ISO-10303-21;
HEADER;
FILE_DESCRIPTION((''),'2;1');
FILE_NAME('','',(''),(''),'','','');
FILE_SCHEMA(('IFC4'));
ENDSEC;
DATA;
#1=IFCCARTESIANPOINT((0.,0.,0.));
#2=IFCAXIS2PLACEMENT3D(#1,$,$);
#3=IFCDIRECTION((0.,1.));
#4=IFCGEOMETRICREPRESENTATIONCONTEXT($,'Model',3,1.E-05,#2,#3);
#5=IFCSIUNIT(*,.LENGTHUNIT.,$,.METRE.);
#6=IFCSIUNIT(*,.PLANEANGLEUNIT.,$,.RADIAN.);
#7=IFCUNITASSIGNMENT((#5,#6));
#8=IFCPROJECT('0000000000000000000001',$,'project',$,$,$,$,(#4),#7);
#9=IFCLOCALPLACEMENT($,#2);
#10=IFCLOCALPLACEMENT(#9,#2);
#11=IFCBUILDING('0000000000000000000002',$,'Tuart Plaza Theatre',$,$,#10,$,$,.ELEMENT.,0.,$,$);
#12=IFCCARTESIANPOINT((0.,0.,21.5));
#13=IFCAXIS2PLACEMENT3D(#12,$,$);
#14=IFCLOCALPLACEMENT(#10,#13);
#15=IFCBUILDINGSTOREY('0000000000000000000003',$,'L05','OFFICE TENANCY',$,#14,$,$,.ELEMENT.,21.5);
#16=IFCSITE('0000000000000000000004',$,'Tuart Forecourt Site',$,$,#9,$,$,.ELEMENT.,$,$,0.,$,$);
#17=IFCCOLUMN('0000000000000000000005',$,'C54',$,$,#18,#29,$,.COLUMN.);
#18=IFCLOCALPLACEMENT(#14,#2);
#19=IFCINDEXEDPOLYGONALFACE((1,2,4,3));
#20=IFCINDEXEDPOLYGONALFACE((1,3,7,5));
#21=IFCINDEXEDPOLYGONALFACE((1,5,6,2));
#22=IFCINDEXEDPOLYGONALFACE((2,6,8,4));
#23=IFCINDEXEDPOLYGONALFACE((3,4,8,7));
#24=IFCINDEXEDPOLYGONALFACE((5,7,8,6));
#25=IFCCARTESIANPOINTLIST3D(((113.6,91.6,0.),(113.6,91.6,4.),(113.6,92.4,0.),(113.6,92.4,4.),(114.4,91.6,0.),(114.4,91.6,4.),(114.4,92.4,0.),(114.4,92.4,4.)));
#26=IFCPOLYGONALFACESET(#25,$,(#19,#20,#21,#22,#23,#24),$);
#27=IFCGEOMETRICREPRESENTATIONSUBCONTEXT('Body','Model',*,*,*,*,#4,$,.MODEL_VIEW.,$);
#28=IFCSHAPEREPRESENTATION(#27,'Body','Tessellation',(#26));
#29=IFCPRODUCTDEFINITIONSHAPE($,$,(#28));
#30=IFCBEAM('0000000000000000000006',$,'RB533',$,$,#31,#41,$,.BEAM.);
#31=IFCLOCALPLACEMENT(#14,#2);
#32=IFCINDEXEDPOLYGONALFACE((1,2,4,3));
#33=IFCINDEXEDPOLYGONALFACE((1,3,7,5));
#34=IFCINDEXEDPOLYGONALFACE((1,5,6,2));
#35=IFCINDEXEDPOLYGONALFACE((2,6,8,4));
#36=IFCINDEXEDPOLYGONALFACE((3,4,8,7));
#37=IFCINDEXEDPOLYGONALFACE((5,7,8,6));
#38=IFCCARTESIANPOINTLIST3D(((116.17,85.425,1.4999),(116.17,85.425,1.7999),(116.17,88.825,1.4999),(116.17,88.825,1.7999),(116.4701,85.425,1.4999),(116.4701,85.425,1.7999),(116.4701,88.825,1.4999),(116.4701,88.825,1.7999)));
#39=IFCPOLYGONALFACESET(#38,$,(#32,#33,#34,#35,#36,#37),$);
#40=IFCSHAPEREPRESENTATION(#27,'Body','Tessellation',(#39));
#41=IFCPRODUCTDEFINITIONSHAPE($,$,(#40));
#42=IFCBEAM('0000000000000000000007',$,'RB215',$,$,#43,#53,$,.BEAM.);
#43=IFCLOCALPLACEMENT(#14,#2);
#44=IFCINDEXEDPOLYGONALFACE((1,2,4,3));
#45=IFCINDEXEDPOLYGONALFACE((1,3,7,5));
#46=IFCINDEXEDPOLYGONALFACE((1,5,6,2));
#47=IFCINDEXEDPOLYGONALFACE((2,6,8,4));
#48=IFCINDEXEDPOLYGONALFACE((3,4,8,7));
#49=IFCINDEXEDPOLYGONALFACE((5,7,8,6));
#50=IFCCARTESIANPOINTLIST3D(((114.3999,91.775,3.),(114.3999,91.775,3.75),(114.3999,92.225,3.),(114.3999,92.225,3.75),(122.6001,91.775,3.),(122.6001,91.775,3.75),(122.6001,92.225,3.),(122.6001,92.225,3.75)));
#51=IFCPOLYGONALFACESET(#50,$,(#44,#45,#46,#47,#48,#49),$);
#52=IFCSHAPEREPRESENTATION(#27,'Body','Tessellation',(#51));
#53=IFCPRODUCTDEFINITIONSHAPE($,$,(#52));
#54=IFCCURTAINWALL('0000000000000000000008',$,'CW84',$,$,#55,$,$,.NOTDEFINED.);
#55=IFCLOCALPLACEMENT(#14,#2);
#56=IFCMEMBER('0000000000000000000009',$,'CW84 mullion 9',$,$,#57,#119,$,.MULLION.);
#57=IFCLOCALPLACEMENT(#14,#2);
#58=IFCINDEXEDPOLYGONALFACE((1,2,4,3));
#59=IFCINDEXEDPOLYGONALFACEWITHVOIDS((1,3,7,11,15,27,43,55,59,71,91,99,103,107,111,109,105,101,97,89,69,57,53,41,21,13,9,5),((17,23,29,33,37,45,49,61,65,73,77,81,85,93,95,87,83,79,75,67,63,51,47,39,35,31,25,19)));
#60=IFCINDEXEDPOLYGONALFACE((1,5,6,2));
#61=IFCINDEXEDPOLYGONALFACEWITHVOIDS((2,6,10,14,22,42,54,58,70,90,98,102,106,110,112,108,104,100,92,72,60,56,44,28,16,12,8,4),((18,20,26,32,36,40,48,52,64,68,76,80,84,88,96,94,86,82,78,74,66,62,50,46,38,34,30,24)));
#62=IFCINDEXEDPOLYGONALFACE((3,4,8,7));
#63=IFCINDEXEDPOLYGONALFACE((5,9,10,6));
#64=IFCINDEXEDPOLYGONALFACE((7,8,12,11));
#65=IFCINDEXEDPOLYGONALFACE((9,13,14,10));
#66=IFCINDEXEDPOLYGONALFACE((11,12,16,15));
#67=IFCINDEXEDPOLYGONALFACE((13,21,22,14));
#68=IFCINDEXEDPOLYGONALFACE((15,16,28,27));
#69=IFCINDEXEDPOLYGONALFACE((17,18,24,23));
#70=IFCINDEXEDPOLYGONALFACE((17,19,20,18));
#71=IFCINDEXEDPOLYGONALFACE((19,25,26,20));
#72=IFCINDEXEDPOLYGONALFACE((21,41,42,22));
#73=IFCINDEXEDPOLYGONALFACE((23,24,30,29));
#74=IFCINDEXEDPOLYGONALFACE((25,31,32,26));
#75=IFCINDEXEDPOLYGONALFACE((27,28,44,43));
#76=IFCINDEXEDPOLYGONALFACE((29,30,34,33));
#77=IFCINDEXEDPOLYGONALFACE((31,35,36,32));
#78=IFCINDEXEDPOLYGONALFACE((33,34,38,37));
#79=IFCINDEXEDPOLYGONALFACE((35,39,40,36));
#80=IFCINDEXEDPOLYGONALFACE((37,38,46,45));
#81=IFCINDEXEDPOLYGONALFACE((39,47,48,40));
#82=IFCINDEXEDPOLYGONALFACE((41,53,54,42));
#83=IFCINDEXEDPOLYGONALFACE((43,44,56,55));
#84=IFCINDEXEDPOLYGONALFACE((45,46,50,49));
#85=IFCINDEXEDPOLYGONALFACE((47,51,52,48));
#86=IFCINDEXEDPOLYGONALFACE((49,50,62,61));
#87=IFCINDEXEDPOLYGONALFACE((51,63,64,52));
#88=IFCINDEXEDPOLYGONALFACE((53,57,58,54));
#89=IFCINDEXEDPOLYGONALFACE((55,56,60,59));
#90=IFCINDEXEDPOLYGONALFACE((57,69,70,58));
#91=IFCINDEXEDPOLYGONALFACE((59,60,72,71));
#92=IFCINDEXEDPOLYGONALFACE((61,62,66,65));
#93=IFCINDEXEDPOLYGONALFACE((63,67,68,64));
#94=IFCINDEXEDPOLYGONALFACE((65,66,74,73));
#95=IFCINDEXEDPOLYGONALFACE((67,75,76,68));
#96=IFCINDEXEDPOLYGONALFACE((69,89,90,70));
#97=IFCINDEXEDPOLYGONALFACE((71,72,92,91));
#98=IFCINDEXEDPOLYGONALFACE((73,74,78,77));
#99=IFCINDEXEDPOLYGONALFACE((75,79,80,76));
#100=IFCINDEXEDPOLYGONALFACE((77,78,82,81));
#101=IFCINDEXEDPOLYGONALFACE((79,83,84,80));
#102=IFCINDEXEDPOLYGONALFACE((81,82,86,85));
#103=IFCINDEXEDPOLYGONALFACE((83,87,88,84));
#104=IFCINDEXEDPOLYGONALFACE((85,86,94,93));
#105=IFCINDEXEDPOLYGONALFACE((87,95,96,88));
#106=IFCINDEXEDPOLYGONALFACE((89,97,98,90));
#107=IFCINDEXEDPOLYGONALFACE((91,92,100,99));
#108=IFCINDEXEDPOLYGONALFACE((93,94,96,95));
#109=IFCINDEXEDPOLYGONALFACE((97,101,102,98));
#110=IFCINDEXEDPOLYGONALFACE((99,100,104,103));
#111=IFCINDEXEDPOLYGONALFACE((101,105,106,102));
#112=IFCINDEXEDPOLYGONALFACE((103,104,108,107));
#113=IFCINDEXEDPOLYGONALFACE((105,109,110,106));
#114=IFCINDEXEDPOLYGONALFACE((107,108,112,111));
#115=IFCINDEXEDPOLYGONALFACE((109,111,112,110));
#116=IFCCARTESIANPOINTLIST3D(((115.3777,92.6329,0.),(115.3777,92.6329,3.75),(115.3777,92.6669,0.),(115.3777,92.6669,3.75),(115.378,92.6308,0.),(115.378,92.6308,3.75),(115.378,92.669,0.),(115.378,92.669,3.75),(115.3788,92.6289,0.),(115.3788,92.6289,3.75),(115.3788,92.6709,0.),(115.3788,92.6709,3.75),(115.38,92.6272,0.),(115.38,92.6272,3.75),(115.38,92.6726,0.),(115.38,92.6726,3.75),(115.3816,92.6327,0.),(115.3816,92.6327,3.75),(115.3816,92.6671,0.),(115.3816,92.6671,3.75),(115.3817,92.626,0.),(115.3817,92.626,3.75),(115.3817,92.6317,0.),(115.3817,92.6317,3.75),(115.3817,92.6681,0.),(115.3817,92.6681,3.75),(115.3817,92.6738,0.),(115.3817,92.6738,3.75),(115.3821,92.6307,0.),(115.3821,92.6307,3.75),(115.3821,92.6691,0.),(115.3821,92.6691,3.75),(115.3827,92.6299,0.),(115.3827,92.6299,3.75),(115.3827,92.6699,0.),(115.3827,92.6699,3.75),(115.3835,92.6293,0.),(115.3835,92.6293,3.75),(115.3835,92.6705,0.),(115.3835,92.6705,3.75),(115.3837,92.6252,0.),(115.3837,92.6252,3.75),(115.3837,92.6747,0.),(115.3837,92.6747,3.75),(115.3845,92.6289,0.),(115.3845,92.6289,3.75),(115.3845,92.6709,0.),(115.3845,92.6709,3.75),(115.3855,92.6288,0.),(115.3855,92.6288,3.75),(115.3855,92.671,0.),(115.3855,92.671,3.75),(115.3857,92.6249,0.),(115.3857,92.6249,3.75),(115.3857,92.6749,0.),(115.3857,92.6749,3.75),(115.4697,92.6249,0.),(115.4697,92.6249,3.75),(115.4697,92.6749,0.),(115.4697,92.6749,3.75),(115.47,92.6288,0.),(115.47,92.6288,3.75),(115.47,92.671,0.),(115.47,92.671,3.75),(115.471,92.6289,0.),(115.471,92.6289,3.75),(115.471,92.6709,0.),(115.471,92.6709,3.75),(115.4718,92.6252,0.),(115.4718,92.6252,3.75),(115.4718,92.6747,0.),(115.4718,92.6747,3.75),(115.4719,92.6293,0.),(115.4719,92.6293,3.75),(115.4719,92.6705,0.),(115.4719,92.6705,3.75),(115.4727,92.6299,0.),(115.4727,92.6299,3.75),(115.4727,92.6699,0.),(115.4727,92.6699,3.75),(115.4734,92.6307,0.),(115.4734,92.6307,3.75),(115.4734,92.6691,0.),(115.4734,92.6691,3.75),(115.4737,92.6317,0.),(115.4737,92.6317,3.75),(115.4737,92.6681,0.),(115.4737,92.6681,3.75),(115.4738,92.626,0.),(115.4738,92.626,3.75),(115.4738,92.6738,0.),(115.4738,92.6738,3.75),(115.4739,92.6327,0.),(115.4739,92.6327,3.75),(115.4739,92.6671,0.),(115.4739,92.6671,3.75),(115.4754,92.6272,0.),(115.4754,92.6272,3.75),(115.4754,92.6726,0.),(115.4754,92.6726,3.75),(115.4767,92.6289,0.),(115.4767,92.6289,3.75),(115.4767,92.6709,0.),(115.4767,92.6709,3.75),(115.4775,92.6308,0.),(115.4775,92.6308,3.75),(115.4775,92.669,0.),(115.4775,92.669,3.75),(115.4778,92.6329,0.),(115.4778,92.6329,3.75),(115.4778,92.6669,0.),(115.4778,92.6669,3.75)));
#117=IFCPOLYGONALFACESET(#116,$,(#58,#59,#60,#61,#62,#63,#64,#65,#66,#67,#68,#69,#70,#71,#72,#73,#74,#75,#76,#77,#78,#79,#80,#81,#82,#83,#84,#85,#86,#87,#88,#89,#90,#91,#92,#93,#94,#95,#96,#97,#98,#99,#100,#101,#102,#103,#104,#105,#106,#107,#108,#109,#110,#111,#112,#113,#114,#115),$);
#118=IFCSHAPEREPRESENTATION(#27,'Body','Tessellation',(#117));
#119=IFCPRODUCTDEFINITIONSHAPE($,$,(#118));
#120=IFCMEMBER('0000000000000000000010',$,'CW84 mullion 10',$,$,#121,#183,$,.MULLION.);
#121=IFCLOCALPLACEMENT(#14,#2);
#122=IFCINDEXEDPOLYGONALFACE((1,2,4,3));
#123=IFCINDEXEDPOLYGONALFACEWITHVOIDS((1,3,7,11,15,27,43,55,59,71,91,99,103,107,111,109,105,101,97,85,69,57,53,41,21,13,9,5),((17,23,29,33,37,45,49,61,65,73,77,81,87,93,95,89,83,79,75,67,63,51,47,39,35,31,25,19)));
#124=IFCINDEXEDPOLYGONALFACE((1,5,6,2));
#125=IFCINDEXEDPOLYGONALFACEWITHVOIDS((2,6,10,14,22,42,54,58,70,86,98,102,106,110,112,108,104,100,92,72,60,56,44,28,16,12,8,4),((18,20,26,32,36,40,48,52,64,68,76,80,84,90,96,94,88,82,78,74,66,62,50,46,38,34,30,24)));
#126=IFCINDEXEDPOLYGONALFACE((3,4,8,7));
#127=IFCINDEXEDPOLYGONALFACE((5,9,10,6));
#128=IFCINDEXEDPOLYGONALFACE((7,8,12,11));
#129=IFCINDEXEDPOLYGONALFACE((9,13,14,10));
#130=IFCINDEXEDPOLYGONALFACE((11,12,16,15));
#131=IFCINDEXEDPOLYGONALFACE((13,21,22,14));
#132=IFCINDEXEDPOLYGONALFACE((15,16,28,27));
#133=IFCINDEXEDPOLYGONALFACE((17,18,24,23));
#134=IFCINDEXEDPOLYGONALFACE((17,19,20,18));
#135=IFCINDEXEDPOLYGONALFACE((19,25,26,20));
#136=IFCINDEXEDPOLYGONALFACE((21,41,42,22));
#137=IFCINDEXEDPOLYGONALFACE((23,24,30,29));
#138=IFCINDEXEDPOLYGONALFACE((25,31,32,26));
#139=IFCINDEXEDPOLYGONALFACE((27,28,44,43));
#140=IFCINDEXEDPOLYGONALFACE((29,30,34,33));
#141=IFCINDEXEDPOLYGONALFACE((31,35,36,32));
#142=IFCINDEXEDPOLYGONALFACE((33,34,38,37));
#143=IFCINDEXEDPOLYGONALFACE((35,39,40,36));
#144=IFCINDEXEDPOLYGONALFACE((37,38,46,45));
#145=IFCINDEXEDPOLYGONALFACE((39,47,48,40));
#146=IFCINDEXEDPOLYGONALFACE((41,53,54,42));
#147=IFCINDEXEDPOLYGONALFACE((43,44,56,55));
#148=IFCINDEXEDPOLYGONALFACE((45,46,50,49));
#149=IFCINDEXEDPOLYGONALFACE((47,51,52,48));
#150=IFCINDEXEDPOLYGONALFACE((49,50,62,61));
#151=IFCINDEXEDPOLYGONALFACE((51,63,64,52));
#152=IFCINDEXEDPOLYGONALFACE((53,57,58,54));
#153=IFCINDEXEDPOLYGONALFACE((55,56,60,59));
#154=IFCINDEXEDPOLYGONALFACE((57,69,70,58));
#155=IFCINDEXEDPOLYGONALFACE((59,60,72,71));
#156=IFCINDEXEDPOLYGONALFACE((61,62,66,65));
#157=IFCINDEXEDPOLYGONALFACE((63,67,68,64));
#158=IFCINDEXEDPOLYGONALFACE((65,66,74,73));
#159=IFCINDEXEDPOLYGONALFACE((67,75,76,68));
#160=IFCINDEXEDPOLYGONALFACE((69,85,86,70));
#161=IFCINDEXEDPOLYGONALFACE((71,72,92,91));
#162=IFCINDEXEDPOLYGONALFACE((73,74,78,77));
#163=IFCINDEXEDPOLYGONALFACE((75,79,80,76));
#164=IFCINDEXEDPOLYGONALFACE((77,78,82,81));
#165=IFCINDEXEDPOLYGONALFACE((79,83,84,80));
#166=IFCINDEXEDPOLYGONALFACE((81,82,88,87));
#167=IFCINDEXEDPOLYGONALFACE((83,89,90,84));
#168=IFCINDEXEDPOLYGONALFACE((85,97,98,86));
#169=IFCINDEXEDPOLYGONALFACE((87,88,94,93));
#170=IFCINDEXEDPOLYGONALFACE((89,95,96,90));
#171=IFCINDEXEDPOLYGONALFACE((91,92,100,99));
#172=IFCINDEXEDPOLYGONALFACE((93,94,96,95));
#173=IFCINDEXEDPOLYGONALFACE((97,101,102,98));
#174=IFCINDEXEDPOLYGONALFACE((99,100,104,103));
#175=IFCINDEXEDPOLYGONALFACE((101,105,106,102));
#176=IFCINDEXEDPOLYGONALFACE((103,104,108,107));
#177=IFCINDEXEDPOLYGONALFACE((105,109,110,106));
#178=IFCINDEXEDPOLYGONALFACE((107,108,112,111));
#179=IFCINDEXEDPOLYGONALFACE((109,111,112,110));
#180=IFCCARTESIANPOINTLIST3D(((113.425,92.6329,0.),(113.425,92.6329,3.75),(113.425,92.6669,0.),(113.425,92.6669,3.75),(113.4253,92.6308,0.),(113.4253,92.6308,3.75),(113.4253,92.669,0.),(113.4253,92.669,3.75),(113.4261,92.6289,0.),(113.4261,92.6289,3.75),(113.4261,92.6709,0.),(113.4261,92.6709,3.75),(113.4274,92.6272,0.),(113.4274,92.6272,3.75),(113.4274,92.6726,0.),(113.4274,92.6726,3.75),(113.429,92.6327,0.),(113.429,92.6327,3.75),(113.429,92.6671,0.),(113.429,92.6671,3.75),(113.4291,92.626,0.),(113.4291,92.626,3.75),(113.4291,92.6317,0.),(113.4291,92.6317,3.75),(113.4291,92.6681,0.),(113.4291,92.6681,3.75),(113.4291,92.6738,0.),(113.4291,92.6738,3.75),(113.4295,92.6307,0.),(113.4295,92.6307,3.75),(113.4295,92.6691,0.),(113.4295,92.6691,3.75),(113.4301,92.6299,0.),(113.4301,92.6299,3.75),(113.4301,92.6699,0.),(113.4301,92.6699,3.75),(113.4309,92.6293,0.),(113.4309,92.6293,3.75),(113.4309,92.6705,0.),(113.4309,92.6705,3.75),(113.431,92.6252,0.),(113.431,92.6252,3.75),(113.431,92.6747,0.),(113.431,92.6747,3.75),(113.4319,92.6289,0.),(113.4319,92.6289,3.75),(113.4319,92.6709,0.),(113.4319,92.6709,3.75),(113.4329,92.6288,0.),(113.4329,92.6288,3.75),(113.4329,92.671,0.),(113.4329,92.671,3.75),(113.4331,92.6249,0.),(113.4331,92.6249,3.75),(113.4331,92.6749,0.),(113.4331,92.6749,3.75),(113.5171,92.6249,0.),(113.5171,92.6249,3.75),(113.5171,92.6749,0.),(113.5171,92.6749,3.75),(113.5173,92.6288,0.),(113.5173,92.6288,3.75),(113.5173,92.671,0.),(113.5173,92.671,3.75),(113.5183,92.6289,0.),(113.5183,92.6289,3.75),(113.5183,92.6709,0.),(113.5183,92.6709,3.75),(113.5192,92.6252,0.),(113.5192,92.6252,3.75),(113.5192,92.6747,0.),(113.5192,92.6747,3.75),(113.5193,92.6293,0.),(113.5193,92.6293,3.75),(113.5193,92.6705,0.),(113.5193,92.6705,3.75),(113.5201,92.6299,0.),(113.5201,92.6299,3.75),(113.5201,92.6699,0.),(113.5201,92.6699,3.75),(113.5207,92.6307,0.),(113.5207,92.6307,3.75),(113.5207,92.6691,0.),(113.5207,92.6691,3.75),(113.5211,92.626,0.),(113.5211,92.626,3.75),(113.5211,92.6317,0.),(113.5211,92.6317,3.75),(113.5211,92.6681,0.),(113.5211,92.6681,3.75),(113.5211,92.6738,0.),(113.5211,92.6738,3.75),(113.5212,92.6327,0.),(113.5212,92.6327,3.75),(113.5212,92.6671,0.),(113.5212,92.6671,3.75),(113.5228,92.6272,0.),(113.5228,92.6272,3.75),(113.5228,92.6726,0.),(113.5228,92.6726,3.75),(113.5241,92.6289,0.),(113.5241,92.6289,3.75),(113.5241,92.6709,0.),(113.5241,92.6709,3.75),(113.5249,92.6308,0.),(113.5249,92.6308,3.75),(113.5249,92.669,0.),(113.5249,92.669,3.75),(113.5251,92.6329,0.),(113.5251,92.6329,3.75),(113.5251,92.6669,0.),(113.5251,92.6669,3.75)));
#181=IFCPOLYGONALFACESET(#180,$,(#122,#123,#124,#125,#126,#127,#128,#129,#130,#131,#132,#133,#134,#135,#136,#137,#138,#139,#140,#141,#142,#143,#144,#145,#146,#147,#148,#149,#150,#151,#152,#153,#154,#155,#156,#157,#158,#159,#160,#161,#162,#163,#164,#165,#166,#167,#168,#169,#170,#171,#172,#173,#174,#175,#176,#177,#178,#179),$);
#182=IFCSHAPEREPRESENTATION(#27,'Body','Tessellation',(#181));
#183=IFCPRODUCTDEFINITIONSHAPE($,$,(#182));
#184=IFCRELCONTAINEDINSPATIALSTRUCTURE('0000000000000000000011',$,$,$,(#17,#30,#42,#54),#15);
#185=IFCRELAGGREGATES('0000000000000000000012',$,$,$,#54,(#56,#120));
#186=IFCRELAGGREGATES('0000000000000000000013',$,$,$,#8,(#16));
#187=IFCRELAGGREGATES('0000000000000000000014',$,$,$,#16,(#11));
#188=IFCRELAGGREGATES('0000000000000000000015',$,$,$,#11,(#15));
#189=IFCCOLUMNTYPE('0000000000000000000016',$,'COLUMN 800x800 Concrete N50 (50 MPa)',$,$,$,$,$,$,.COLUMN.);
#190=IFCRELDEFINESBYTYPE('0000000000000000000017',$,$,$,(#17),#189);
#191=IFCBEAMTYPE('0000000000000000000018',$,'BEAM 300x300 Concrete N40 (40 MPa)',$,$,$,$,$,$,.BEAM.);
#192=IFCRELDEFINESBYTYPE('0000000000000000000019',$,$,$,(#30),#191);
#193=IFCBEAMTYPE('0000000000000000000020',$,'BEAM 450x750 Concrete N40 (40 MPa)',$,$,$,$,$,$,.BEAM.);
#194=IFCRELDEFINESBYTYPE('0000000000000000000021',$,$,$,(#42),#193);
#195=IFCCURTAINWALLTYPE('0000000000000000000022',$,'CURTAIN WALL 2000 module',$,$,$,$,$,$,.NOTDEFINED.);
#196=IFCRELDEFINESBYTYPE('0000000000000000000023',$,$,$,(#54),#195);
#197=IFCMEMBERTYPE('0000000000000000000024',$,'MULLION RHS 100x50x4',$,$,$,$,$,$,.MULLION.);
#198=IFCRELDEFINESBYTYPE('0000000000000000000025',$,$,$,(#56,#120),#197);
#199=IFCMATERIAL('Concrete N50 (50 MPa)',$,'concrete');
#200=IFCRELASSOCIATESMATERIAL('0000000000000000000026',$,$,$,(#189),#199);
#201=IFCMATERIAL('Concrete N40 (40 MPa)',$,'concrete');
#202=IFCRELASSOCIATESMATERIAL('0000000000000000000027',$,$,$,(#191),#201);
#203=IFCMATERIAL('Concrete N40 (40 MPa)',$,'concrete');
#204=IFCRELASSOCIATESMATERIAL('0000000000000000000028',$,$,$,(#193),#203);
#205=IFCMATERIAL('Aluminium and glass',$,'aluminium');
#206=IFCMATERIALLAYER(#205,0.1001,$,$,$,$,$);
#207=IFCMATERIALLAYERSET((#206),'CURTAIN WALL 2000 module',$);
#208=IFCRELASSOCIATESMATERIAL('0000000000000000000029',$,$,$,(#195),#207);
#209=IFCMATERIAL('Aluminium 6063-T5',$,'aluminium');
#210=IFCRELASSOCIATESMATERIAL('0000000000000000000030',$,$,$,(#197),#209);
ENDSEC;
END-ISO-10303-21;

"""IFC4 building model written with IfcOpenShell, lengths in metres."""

from ifc_helpers import new_model, si_unit, direction, frame, origin, origin_2d, place, context, subcontext, project, spatial, rectangle, hollow_rectangle, extrude, material, layer, layer_set, material_profile, profile_set, type_object, element, aggregate, save


model = new_model("IFC4")

# Units and contexts
model_context = context("Model", 3, precision=1e-05, world=origin(), true_north=direction((0.0, 1.0)))
body_context = subcontext(model_context, "Body", "Model", "MODEL_VIEW")
ifc_project = project(units=[si_unit("LENGTHUNIT", "METRE"), si_unit("PLANEANGLEUNIT", "RADIAN")], contexts=[model_context])

# Site, building, storey
site_placement = place(None, origin())
site = spatial("IfcSite", under=ifc_project, at=site_placement, Name="Tuart Forecourt Site", CompositionType="ELEMENT", RefElevation=0.0)
building_placement = place(site_placement, origin())
building = spatial("IfcBuilding", under=site, at=building_placement, Name="Tuart Plaza Theatre", CompositionType="ELEMENT", ElevationOfRefHeight=0.0)
storey_placement = place(building_placement, frame((0.0, 0.0, 21.5)))
storey = spatial("IfcBuildingStorey", under=building, at=storey_placement, Name="L05", Description="OFFICE TENANCY", CompositionType="ELEMENT", Elevation=21.5)

# Column
ifc_material_1 = material(Name="Concrete N50 (50 MPa)", Category="concrete")
ifc_material_profile_1 = material_profile(ifc_material_1, rectangle(XDim=0.8, YDim=0.8, at=origin_2d()), Name="COLUMN 800x800 Concrete N50 (50 MPa)")
ifc_profile_set_1 = profile_set([ifc_material_profile_1], Name="Concrete N50 (50 MPa)")
column_type = type_object("IfcColumnType", Name="COLUMN 800x800 Concrete N50 (50 MPa)", PredefinedType="COLUMN", material=ifc_profile_set_1)
column_placement = place(storey_placement, frame((114.0, 92.0, 0.0), z_axis=(0.0, 0.0, 1.0), x_axis=(1.0, 0.0, 0.0)))
element("IfcColumn", 1, at=column_placement, inside=storey, type_object=column_type, Name="C54", PredefinedType="COLUMN", context=body_context, shape_type="SweptSolid", body=[
    extrude(rectangle(XDim=0.8, YDim=0.8, at=origin_2d()), origin(), (0.0, 0.0, 1.0), 4.0),
])

# Beams
ifc_material_2 = material(Name="Concrete N40 (40 MPa)", Category="concrete")
ifc_material_profile_2 = material_profile(ifc_material_2, rectangle(XDim=0.3, YDim=0.3, at=origin_2d()), Name="BEAM 300x300 Concrete N40 (40 MPa)")
ifc_profile_set_2 = profile_set([ifc_material_profile_2], Name="Concrete N40 (40 MPa)")
beam_type_1 = type_object("IfcBeamType", Name="BEAM 300x300 Concrete N40 (40 MPa)", PredefinedType="BEAM", material=ifc_profile_set_2)
beam_1_placement = place(storey_placement, frame((116.3201, 88.825, 1.6499), z_axis=(0.0, -1.0, 0.0), x_axis=(1.0, 0.0, 0.0)))
element("IfcBeam", 2, at=beam_1_placement, inside=storey, type_object=beam_type_1, Name="RB533", PredefinedType="BEAM", context=body_context, shape_type="SweptSolid", body=[
    extrude(rectangle(XDim=0.3, YDim=0.3, at=origin_2d()), origin(), (0.0, 0.0, 1.0), 3.3999),
])
ifc_material_3 = material(Name="Concrete N40 (40 MPa)", Category="concrete")
ifc_material_profile_3 = material_profile(ifc_material_3, rectangle(XDim=0.45, YDim=0.75, at=origin_2d()), Name="BEAM 450x750 Concrete N40 (40 MPa)")
ifc_profile_set_3 = profile_set([ifc_material_profile_3], Name="Concrete N40 (40 MPa)")
beam_type_2 = type_object("IfcBeamType", Name="BEAM 450x750 Concrete N40 (40 MPa)", PredefinedType="BEAM", material=ifc_profile_set_3)
beam_2_placement = place(storey_placement, frame((114.3999, 92.0, 3.375), z_axis=(1.0, 0.0, 0.0), x_axis=(0.0, 1.0, 0.0)))
element("IfcBeam", 3, at=beam_2_placement, inside=storey, type_object=beam_type_2, Name="RB215", PredefinedType="BEAM", context=body_context, shape_type="SweptSolid", body=[
    extrude(rectangle(XDim=0.45, YDim=0.75, at=origin_2d()), origin(), (0.0, 0.0, 1.0), 8.2002),
])

# Curtain wall, members
ifc_material_4 = material(Name="Aluminium and glass", Category="aluminium")
ifc_layer_1 = layer(ifc_material_4, 0.1001)
ifc_layer_set_1 = layer_set([ifc_layer_1], Name="CURTAIN WALL 2000 module")
curtain_wall_type = type_object("IfcCurtainWallType", Name="CURTAIN WALL 2000 module", PredefinedType="NOTDEFINED", material=ifc_layer_set_1)
curtain_wall_1_placement = place(storey_placement, origin())
curtain_wall_1 = element("IfcCurtainWall", 4, at=curtain_wall_1_placement, inside=storey, type_object=curtain_wall_type, Name="CW84", PredefinedType="NOTDEFINED")
ifc_material_5 = material(Name="Aluminium 6063-T5", Category="aluminium")
ifc_material_profile_4 = material_profile(ifc_material_5, hollow_rectangle(XDim=0.05, YDim=0.1001, WallThickness=0.0039, InnerFilletRadius=0.0039, OuterFilletRadius=0.0081, at=origin_2d()), Name="RHS 100x50x4")
ifc_profile_set_4 = profile_set([ifc_material_profile_4], Name="Aluminium 6063-T5")
member_type_1 = type_object("IfcMemberType", Name="MULLION RHS 100x50x4", PredefinedType="MULLION", material=ifc_profile_set_4)
member_1_placement = place(storey_placement, frame((115.4277, 92.6499, 0.0), z_axis=(0.0, 0.0, 1.0), x_axis=(0.0, -1.0, 0.0)))
member_1 = element("IfcMember", 5, at=member_1_placement, type_object=member_type_1, Name="CW84 mullion 9", PredefinedType="MULLION", context=body_context, shape_type="SweptSolid", body=[
    extrude(hollow_rectangle(XDim=0.05, YDim=0.1001, WallThickness=0.0039, InnerFilletRadius=0.0039, OuterFilletRadius=0.0081, at=origin_2d()), origin(), (0.0, 0.0, 1.0), 3.75),
])
member_2_placement = place(storey_placement, frame((113.4751, 92.6499, 0.0), z_axis=(0.0, 0.0, 1.0), x_axis=(0.0, -1.0, 0.0)))
member_2 = element("IfcMember", 6, at=member_2_placement, type_object=member_type_1, Name="CW84 mullion 10", PredefinedType="MULLION", context=body_context, shape_type="SweptSolid", body=[
    extrude(hollow_rectangle(XDim=0.05, YDim=0.1001, WallThickness=0.0039, InnerFilletRadius=0.0039, OuterFilletRadius=0.0081, at=origin_2d()), origin(), (0.0, 0.0, 1.0), 3.75),
])

aggregate(curtain_wall_1, [member_1, member_2])

save(model, "model.ifc")
